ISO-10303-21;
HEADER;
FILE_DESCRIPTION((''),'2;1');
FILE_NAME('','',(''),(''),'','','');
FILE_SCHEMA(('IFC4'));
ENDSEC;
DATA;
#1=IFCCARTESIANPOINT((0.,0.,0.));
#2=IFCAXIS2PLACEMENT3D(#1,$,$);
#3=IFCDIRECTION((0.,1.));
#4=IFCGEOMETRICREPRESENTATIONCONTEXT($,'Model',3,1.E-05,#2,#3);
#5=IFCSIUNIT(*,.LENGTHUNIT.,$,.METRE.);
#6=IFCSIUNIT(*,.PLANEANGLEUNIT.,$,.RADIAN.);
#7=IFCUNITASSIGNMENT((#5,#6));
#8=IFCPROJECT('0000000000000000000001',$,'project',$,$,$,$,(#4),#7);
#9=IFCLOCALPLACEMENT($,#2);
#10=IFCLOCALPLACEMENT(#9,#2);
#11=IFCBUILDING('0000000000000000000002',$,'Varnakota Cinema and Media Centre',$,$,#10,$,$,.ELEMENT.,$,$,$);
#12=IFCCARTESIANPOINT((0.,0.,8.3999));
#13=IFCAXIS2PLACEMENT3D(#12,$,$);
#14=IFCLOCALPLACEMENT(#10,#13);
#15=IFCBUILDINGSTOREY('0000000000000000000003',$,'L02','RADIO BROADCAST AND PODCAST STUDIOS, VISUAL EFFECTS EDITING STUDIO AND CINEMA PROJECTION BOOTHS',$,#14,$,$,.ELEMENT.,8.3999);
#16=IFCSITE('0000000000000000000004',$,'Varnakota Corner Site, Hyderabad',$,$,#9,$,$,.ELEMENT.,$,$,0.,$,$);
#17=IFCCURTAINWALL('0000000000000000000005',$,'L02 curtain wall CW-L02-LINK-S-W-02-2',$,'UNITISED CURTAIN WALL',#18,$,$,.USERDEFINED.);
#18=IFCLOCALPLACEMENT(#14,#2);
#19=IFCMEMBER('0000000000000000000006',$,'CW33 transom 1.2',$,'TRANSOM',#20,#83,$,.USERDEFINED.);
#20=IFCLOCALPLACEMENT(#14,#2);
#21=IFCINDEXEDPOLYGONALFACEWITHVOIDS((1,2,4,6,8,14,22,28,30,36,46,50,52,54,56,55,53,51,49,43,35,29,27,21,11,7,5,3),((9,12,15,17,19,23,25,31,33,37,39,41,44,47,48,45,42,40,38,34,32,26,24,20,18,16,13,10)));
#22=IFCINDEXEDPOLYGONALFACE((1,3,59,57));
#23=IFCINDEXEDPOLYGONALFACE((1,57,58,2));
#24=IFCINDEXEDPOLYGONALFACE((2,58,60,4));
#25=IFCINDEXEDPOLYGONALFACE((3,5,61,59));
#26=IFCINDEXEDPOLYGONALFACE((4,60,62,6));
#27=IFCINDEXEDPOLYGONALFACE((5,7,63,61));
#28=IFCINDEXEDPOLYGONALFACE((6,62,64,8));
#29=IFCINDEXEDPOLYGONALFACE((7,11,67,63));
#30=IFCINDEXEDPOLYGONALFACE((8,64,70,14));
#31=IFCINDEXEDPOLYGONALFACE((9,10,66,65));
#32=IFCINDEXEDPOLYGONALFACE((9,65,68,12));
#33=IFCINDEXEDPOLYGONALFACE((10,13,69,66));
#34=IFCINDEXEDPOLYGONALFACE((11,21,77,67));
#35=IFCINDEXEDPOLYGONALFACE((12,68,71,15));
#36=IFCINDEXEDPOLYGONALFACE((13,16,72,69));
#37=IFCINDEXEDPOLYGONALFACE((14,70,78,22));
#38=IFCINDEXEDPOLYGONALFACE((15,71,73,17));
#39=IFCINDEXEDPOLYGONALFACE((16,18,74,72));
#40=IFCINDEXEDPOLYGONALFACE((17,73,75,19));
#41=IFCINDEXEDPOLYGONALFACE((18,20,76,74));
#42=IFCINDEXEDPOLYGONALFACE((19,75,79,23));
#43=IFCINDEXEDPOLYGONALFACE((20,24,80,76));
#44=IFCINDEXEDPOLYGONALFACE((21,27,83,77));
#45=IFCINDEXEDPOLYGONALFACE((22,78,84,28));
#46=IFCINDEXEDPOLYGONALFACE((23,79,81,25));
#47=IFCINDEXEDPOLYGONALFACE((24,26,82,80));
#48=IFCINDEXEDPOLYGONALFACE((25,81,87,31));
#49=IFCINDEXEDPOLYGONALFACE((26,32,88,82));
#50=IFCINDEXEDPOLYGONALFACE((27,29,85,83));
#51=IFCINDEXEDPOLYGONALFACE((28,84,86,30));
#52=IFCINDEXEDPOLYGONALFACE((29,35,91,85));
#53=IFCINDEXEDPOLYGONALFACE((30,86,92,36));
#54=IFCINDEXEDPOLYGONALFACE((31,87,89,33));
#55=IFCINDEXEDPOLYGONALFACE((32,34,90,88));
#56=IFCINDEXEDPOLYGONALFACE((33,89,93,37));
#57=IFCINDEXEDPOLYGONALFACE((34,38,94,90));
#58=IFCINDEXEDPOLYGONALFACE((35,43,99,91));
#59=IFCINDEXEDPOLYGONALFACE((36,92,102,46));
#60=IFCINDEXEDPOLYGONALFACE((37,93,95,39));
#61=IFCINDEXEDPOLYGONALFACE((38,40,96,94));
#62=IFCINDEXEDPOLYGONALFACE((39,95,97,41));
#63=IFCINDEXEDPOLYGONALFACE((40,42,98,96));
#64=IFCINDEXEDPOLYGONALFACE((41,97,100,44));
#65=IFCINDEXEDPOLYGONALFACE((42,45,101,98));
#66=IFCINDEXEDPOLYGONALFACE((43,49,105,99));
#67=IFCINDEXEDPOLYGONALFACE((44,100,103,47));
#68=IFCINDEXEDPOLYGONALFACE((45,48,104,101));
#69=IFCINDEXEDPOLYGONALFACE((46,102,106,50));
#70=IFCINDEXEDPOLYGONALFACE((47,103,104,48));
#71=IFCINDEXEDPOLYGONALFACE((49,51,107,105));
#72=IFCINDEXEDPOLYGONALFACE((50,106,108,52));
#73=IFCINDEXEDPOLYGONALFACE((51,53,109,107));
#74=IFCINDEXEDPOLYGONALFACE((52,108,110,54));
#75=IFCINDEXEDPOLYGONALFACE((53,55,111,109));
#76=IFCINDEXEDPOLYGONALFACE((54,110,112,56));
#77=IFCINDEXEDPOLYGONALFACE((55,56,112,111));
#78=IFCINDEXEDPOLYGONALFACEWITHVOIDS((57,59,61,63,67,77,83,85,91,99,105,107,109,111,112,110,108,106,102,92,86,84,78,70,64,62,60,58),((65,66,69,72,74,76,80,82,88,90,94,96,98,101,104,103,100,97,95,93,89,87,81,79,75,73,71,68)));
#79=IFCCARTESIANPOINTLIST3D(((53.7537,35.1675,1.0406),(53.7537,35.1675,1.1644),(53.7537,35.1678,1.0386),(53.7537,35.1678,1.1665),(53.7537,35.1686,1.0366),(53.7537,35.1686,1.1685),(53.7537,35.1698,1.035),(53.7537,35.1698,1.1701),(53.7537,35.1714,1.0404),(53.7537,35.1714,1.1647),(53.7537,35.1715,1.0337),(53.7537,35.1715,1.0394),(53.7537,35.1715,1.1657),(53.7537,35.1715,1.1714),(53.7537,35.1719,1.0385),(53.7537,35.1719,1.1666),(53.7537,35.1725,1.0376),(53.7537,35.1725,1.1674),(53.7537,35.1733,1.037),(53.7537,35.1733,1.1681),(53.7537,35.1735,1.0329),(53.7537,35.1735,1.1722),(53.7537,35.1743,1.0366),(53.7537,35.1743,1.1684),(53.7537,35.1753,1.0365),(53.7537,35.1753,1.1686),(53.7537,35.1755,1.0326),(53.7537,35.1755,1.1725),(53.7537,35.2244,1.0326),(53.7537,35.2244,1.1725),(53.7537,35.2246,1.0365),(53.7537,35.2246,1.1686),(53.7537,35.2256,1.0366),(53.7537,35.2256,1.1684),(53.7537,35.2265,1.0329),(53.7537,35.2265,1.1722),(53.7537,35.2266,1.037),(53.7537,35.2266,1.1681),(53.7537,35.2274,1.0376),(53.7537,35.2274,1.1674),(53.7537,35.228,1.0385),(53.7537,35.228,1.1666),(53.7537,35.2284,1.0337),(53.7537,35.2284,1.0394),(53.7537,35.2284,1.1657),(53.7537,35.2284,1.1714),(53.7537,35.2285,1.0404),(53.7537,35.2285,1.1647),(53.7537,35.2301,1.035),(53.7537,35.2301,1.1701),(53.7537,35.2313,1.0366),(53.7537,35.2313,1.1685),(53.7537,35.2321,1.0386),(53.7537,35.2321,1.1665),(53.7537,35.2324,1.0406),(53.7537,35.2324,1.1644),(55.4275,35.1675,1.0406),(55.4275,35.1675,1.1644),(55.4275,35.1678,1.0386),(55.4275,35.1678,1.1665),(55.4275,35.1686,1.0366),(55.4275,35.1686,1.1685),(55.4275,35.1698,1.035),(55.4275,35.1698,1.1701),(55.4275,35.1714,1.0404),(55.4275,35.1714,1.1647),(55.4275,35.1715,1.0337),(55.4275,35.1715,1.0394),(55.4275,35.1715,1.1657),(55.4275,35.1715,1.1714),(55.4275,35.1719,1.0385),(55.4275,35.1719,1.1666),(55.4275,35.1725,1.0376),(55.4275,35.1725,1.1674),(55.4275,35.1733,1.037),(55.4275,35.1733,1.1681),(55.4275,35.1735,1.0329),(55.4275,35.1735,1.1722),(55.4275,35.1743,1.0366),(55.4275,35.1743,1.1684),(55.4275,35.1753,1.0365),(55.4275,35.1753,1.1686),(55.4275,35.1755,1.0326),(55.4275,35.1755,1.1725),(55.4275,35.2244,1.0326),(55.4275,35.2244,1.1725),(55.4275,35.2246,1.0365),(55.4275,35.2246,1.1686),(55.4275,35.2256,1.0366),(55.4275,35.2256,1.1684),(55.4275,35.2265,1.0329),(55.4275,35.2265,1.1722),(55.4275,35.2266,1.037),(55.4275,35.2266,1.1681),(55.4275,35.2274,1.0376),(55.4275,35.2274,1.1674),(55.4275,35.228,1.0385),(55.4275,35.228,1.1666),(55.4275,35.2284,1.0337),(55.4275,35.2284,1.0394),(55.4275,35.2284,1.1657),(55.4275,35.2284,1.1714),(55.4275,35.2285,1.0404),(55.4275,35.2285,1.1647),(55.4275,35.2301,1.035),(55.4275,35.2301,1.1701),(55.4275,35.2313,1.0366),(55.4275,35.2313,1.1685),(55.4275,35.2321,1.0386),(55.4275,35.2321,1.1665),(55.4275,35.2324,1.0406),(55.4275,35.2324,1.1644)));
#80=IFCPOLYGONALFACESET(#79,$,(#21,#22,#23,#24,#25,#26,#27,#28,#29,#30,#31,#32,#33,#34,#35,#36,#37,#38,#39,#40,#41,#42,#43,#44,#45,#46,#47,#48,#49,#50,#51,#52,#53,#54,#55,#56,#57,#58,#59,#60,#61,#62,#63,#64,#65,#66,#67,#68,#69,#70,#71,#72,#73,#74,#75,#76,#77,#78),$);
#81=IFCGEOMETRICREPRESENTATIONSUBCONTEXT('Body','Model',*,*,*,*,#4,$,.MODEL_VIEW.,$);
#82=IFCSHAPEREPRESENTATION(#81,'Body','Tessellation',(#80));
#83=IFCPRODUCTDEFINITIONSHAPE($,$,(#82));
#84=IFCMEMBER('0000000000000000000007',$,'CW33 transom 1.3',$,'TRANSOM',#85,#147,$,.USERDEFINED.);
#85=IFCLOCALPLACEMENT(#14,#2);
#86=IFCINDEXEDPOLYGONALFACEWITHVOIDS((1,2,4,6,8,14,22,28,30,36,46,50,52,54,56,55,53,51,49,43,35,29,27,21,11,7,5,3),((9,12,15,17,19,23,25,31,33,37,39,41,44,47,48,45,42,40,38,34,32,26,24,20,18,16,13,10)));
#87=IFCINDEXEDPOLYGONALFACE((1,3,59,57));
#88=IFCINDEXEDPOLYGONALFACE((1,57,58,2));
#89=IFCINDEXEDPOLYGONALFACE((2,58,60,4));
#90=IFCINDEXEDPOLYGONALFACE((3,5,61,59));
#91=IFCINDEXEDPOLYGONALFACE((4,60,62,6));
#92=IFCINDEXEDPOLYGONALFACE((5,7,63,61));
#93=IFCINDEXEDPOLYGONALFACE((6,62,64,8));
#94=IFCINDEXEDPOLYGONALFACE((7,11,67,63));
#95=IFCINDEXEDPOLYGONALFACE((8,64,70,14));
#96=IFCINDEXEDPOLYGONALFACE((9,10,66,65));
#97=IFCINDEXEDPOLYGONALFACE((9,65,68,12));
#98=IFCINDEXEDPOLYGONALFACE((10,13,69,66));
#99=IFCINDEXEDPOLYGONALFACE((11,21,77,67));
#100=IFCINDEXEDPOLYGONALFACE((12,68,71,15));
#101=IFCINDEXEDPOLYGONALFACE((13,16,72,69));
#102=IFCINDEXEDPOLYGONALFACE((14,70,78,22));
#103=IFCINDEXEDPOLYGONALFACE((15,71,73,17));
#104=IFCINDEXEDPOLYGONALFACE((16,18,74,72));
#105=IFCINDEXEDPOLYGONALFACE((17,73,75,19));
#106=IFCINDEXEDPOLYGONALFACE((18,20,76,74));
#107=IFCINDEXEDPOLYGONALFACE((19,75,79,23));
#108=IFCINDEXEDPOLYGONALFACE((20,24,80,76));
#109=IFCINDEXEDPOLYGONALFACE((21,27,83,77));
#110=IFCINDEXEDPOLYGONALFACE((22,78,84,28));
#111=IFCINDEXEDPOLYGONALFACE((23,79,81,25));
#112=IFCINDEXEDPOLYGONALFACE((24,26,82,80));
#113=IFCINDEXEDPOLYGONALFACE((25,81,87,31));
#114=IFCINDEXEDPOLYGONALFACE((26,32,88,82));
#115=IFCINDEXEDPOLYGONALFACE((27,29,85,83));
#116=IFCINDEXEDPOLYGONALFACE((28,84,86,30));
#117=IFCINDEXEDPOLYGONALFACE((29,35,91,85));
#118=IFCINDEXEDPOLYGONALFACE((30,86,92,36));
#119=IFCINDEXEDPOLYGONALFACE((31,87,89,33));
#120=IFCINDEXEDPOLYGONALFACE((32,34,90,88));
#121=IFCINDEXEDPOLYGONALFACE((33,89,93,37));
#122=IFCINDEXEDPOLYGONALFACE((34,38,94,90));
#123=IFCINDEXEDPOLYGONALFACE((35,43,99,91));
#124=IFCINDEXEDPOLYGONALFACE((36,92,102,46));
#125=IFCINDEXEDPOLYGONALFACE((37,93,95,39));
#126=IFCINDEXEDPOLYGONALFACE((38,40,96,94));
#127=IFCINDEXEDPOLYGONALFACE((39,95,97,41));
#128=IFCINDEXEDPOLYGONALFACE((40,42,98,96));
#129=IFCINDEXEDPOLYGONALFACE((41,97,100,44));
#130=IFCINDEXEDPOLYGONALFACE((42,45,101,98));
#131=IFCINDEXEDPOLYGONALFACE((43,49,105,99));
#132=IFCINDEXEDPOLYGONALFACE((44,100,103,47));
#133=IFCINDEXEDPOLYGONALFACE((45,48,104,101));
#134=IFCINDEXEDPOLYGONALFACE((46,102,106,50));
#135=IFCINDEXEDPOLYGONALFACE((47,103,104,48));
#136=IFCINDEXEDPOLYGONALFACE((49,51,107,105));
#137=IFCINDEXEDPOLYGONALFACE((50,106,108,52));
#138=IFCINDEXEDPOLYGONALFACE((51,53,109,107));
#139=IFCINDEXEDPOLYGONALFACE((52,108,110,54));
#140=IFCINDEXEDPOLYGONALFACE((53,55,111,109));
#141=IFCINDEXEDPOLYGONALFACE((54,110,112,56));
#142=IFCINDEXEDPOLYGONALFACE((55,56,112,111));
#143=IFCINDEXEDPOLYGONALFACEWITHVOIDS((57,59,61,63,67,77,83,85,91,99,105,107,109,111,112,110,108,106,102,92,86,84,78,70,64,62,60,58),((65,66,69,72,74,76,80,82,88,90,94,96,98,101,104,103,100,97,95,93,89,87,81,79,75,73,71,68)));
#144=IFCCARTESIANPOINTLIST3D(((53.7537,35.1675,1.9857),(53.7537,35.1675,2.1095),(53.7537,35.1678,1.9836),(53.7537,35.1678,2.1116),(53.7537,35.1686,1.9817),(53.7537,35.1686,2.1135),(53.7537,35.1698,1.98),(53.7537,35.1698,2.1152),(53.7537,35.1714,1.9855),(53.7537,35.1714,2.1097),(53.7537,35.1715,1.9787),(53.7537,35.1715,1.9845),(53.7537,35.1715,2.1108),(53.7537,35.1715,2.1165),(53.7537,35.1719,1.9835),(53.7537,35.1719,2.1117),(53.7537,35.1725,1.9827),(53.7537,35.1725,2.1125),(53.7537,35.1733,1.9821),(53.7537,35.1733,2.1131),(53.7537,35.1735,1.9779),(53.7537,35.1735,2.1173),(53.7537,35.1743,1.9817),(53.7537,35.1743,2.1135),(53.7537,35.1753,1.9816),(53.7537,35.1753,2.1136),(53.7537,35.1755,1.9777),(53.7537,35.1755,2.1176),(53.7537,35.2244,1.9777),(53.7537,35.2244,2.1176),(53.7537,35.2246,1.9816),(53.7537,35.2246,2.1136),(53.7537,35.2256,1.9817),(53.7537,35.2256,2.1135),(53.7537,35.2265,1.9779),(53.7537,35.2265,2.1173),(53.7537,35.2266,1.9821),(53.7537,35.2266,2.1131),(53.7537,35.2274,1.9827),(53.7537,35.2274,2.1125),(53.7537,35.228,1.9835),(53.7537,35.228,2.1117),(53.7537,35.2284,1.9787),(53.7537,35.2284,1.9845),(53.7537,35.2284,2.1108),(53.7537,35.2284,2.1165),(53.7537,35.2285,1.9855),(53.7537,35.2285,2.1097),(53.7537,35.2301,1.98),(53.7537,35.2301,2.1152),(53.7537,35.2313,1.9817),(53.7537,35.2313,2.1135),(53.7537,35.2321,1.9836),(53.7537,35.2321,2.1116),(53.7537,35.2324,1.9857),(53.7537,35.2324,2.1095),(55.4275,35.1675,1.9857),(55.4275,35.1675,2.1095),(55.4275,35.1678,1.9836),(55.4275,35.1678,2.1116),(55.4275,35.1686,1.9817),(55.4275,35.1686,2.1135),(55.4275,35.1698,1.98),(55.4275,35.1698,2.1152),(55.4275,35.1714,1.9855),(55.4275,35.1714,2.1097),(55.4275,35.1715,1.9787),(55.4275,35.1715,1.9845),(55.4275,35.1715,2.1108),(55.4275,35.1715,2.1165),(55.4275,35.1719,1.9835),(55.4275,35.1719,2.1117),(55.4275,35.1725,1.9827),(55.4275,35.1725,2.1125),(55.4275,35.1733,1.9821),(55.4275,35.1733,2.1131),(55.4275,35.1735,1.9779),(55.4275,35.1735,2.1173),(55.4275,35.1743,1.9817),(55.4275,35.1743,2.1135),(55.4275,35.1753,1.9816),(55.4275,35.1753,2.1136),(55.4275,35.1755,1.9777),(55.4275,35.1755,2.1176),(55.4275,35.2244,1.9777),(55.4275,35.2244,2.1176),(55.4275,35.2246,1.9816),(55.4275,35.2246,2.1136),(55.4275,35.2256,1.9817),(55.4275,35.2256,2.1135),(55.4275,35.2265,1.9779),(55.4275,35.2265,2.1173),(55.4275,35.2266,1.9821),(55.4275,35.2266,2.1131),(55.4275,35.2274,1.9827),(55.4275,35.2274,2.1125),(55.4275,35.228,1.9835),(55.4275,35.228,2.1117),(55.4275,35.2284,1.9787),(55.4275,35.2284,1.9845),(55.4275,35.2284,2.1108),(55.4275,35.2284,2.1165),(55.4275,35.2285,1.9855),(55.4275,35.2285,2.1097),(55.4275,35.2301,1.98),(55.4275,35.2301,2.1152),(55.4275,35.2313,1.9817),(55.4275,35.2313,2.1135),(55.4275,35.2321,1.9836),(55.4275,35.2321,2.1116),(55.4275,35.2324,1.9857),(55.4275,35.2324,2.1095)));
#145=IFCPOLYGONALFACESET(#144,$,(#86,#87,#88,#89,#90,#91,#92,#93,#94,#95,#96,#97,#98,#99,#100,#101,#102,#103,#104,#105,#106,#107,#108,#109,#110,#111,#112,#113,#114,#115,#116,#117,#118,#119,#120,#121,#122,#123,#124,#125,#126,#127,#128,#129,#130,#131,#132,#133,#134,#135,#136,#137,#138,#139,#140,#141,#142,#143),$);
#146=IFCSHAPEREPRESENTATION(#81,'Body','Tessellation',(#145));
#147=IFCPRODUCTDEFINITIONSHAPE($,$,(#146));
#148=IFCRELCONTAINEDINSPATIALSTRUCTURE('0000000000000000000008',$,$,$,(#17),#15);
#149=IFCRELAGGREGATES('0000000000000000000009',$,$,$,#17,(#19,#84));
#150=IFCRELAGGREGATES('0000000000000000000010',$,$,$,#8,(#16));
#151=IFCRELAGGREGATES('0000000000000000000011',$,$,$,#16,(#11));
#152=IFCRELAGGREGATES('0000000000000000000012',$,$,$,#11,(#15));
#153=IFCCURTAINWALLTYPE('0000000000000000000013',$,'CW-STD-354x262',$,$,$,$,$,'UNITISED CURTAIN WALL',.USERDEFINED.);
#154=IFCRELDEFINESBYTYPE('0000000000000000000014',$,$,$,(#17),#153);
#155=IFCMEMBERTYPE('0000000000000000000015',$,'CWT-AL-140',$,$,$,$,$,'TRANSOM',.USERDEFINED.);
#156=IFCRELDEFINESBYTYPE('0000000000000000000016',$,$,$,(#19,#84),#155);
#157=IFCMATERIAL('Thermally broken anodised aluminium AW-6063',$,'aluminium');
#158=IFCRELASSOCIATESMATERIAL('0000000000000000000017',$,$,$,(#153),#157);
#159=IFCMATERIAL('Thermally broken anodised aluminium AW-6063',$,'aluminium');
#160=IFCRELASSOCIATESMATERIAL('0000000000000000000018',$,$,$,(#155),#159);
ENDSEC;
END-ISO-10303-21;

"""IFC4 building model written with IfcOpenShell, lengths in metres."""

from ifc_helpers import new_model, si_unit, direction, frame, origin, origin_2d, place, context, subcontext, project, spatial, hollow_rectangle, extrude, material, material_profile, profile_set, type_object, element, aggregate, save


model = new_model("IFC4")

# Units and contexts
model_context = context("Model", 3, precision=1e-05, world=origin(), true_north=direction((0.0, 1.0)))
body_context = subcontext(model_context, "Body", "Model", "MODEL_VIEW")
ifc_project = project(units=[si_unit("LENGTHUNIT", "METRE"), si_unit("PLANEANGLEUNIT", "RADIAN")], contexts=[model_context])

# Site, building, storey
site_placement = place(None, origin())
site = spatial("IfcSite", under=ifc_project, at=site_placement, Name="Varnakota Corner Site, Hyderabad", CompositionType="ELEMENT", RefElevation=0.0)
building_placement = place(site_placement, origin())
building = spatial("IfcBuilding", under=site, at=building_placement, Name="Varnakota Cinema and Media Centre", CompositionType="ELEMENT")
storey_placement = place(building_placement, frame((0.0, 0.0, 8.3999)))
storey = spatial("IfcBuildingStorey", under=building, at=storey_placement, Name="L02", Description="RADIO BROADCAST AND PODCAST STUDIOS, VISUAL EFFECTS EDITING STUDIO AND CINEMA PROJECTION BOOTHS", CompositionType="ELEMENT", Elevation=8.3999)

# Curtain wall
ifc_material_1 = material(Name="Thermally broken anodised aluminium AW-6063", Category="aluminium")
curtain_wall_type = type_object("IfcCurtainWallType", Name="CW-STD-354x262", ElementType="UNITISED CURTAIN WALL", PredefinedType="USERDEFINED", material=ifc_material_1)
curtain_wall_1_placement = place(storey_placement, origin())
curtain_wall_1 = element("IfcCurtainWall", 1, at=curtain_wall_1_placement, inside=storey, type_object=curtain_wall_type, Name="L02 curtain wall CW-L02-LINK-S-W-02-2", ObjectType="UNITISED CURTAIN WALL", PredefinedType="USERDEFINED")

# Members
ifc_material_2 = material(Name="Thermally broken anodised aluminium AW-6063", Category="aluminium")
ifc_material_profile_1 = material_profile(ifc_material_2, hollow_rectangle(XDim=0.0649, YDim=0.1399, WallThickness=0.0039, InnerFilletRadius=0.0039, OuterFilletRadius=0.0081, at=origin_2d()), Name="AL-TRANSOM 140x65x4")
ifc_profile_set_1 = profile_set([ifc_material_profile_1], Name="Thermally broken anodised aluminium AW-6063")
member_type_1 = type_object("IfcMemberType", Name="CWT-AL-140", ElementType="TRANSOM", PredefinedType="USERDEFINED", material=ifc_profile_set_1)
member_1_placement = place(storey_placement, frame((55.4275, 35.2, 1.1025), z_axis=(-1.0, 0.0, 0.0), x_axis=(0.0, -1.0, 0.0)))
member_1 = element("IfcMember", 2, at=member_1_placement, type_object=member_type_1, Name="CW33 transom 1.2", ObjectType="TRANSOM", PredefinedType="USERDEFINED", context=body_context, shape_type="SweptSolid", body=[
    extrude(hollow_rectangle(XDim=0.0649, YDim=0.1399, WallThickness=0.0039, InnerFilletRadius=0.0039, OuterFilletRadius=0.0081, at=origin_2d()), origin(), (0.0, 0.0, 1.0), 1.6738),
])
member_2_placement = place(storey_placement, frame((55.4275, 35.2, 2.0476), z_axis=(-1.0, 0.0, 0.0), x_axis=(0.0, -1.0, 0.0)))
member_2 = element("IfcMember", 3, at=member_2_placement, type_object=member_type_1, Name="CW33 transom 1.3", ObjectType="TRANSOM", PredefinedType="USERDEFINED", context=body_context, shape_type="SweptSolid", body=[
    extrude(hollow_rectangle(XDim=0.0649, YDim=0.1399, WallThickness=0.0039, InnerFilletRadius=0.0039, OuterFilletRadius=0.0081, at=origin_2d()), origin(), (0.0, 0.0, 1.0), 1.6738),
])

aggregate(curtain_wall_1, [member_1, member_2])

save(model, "model.ifc")
